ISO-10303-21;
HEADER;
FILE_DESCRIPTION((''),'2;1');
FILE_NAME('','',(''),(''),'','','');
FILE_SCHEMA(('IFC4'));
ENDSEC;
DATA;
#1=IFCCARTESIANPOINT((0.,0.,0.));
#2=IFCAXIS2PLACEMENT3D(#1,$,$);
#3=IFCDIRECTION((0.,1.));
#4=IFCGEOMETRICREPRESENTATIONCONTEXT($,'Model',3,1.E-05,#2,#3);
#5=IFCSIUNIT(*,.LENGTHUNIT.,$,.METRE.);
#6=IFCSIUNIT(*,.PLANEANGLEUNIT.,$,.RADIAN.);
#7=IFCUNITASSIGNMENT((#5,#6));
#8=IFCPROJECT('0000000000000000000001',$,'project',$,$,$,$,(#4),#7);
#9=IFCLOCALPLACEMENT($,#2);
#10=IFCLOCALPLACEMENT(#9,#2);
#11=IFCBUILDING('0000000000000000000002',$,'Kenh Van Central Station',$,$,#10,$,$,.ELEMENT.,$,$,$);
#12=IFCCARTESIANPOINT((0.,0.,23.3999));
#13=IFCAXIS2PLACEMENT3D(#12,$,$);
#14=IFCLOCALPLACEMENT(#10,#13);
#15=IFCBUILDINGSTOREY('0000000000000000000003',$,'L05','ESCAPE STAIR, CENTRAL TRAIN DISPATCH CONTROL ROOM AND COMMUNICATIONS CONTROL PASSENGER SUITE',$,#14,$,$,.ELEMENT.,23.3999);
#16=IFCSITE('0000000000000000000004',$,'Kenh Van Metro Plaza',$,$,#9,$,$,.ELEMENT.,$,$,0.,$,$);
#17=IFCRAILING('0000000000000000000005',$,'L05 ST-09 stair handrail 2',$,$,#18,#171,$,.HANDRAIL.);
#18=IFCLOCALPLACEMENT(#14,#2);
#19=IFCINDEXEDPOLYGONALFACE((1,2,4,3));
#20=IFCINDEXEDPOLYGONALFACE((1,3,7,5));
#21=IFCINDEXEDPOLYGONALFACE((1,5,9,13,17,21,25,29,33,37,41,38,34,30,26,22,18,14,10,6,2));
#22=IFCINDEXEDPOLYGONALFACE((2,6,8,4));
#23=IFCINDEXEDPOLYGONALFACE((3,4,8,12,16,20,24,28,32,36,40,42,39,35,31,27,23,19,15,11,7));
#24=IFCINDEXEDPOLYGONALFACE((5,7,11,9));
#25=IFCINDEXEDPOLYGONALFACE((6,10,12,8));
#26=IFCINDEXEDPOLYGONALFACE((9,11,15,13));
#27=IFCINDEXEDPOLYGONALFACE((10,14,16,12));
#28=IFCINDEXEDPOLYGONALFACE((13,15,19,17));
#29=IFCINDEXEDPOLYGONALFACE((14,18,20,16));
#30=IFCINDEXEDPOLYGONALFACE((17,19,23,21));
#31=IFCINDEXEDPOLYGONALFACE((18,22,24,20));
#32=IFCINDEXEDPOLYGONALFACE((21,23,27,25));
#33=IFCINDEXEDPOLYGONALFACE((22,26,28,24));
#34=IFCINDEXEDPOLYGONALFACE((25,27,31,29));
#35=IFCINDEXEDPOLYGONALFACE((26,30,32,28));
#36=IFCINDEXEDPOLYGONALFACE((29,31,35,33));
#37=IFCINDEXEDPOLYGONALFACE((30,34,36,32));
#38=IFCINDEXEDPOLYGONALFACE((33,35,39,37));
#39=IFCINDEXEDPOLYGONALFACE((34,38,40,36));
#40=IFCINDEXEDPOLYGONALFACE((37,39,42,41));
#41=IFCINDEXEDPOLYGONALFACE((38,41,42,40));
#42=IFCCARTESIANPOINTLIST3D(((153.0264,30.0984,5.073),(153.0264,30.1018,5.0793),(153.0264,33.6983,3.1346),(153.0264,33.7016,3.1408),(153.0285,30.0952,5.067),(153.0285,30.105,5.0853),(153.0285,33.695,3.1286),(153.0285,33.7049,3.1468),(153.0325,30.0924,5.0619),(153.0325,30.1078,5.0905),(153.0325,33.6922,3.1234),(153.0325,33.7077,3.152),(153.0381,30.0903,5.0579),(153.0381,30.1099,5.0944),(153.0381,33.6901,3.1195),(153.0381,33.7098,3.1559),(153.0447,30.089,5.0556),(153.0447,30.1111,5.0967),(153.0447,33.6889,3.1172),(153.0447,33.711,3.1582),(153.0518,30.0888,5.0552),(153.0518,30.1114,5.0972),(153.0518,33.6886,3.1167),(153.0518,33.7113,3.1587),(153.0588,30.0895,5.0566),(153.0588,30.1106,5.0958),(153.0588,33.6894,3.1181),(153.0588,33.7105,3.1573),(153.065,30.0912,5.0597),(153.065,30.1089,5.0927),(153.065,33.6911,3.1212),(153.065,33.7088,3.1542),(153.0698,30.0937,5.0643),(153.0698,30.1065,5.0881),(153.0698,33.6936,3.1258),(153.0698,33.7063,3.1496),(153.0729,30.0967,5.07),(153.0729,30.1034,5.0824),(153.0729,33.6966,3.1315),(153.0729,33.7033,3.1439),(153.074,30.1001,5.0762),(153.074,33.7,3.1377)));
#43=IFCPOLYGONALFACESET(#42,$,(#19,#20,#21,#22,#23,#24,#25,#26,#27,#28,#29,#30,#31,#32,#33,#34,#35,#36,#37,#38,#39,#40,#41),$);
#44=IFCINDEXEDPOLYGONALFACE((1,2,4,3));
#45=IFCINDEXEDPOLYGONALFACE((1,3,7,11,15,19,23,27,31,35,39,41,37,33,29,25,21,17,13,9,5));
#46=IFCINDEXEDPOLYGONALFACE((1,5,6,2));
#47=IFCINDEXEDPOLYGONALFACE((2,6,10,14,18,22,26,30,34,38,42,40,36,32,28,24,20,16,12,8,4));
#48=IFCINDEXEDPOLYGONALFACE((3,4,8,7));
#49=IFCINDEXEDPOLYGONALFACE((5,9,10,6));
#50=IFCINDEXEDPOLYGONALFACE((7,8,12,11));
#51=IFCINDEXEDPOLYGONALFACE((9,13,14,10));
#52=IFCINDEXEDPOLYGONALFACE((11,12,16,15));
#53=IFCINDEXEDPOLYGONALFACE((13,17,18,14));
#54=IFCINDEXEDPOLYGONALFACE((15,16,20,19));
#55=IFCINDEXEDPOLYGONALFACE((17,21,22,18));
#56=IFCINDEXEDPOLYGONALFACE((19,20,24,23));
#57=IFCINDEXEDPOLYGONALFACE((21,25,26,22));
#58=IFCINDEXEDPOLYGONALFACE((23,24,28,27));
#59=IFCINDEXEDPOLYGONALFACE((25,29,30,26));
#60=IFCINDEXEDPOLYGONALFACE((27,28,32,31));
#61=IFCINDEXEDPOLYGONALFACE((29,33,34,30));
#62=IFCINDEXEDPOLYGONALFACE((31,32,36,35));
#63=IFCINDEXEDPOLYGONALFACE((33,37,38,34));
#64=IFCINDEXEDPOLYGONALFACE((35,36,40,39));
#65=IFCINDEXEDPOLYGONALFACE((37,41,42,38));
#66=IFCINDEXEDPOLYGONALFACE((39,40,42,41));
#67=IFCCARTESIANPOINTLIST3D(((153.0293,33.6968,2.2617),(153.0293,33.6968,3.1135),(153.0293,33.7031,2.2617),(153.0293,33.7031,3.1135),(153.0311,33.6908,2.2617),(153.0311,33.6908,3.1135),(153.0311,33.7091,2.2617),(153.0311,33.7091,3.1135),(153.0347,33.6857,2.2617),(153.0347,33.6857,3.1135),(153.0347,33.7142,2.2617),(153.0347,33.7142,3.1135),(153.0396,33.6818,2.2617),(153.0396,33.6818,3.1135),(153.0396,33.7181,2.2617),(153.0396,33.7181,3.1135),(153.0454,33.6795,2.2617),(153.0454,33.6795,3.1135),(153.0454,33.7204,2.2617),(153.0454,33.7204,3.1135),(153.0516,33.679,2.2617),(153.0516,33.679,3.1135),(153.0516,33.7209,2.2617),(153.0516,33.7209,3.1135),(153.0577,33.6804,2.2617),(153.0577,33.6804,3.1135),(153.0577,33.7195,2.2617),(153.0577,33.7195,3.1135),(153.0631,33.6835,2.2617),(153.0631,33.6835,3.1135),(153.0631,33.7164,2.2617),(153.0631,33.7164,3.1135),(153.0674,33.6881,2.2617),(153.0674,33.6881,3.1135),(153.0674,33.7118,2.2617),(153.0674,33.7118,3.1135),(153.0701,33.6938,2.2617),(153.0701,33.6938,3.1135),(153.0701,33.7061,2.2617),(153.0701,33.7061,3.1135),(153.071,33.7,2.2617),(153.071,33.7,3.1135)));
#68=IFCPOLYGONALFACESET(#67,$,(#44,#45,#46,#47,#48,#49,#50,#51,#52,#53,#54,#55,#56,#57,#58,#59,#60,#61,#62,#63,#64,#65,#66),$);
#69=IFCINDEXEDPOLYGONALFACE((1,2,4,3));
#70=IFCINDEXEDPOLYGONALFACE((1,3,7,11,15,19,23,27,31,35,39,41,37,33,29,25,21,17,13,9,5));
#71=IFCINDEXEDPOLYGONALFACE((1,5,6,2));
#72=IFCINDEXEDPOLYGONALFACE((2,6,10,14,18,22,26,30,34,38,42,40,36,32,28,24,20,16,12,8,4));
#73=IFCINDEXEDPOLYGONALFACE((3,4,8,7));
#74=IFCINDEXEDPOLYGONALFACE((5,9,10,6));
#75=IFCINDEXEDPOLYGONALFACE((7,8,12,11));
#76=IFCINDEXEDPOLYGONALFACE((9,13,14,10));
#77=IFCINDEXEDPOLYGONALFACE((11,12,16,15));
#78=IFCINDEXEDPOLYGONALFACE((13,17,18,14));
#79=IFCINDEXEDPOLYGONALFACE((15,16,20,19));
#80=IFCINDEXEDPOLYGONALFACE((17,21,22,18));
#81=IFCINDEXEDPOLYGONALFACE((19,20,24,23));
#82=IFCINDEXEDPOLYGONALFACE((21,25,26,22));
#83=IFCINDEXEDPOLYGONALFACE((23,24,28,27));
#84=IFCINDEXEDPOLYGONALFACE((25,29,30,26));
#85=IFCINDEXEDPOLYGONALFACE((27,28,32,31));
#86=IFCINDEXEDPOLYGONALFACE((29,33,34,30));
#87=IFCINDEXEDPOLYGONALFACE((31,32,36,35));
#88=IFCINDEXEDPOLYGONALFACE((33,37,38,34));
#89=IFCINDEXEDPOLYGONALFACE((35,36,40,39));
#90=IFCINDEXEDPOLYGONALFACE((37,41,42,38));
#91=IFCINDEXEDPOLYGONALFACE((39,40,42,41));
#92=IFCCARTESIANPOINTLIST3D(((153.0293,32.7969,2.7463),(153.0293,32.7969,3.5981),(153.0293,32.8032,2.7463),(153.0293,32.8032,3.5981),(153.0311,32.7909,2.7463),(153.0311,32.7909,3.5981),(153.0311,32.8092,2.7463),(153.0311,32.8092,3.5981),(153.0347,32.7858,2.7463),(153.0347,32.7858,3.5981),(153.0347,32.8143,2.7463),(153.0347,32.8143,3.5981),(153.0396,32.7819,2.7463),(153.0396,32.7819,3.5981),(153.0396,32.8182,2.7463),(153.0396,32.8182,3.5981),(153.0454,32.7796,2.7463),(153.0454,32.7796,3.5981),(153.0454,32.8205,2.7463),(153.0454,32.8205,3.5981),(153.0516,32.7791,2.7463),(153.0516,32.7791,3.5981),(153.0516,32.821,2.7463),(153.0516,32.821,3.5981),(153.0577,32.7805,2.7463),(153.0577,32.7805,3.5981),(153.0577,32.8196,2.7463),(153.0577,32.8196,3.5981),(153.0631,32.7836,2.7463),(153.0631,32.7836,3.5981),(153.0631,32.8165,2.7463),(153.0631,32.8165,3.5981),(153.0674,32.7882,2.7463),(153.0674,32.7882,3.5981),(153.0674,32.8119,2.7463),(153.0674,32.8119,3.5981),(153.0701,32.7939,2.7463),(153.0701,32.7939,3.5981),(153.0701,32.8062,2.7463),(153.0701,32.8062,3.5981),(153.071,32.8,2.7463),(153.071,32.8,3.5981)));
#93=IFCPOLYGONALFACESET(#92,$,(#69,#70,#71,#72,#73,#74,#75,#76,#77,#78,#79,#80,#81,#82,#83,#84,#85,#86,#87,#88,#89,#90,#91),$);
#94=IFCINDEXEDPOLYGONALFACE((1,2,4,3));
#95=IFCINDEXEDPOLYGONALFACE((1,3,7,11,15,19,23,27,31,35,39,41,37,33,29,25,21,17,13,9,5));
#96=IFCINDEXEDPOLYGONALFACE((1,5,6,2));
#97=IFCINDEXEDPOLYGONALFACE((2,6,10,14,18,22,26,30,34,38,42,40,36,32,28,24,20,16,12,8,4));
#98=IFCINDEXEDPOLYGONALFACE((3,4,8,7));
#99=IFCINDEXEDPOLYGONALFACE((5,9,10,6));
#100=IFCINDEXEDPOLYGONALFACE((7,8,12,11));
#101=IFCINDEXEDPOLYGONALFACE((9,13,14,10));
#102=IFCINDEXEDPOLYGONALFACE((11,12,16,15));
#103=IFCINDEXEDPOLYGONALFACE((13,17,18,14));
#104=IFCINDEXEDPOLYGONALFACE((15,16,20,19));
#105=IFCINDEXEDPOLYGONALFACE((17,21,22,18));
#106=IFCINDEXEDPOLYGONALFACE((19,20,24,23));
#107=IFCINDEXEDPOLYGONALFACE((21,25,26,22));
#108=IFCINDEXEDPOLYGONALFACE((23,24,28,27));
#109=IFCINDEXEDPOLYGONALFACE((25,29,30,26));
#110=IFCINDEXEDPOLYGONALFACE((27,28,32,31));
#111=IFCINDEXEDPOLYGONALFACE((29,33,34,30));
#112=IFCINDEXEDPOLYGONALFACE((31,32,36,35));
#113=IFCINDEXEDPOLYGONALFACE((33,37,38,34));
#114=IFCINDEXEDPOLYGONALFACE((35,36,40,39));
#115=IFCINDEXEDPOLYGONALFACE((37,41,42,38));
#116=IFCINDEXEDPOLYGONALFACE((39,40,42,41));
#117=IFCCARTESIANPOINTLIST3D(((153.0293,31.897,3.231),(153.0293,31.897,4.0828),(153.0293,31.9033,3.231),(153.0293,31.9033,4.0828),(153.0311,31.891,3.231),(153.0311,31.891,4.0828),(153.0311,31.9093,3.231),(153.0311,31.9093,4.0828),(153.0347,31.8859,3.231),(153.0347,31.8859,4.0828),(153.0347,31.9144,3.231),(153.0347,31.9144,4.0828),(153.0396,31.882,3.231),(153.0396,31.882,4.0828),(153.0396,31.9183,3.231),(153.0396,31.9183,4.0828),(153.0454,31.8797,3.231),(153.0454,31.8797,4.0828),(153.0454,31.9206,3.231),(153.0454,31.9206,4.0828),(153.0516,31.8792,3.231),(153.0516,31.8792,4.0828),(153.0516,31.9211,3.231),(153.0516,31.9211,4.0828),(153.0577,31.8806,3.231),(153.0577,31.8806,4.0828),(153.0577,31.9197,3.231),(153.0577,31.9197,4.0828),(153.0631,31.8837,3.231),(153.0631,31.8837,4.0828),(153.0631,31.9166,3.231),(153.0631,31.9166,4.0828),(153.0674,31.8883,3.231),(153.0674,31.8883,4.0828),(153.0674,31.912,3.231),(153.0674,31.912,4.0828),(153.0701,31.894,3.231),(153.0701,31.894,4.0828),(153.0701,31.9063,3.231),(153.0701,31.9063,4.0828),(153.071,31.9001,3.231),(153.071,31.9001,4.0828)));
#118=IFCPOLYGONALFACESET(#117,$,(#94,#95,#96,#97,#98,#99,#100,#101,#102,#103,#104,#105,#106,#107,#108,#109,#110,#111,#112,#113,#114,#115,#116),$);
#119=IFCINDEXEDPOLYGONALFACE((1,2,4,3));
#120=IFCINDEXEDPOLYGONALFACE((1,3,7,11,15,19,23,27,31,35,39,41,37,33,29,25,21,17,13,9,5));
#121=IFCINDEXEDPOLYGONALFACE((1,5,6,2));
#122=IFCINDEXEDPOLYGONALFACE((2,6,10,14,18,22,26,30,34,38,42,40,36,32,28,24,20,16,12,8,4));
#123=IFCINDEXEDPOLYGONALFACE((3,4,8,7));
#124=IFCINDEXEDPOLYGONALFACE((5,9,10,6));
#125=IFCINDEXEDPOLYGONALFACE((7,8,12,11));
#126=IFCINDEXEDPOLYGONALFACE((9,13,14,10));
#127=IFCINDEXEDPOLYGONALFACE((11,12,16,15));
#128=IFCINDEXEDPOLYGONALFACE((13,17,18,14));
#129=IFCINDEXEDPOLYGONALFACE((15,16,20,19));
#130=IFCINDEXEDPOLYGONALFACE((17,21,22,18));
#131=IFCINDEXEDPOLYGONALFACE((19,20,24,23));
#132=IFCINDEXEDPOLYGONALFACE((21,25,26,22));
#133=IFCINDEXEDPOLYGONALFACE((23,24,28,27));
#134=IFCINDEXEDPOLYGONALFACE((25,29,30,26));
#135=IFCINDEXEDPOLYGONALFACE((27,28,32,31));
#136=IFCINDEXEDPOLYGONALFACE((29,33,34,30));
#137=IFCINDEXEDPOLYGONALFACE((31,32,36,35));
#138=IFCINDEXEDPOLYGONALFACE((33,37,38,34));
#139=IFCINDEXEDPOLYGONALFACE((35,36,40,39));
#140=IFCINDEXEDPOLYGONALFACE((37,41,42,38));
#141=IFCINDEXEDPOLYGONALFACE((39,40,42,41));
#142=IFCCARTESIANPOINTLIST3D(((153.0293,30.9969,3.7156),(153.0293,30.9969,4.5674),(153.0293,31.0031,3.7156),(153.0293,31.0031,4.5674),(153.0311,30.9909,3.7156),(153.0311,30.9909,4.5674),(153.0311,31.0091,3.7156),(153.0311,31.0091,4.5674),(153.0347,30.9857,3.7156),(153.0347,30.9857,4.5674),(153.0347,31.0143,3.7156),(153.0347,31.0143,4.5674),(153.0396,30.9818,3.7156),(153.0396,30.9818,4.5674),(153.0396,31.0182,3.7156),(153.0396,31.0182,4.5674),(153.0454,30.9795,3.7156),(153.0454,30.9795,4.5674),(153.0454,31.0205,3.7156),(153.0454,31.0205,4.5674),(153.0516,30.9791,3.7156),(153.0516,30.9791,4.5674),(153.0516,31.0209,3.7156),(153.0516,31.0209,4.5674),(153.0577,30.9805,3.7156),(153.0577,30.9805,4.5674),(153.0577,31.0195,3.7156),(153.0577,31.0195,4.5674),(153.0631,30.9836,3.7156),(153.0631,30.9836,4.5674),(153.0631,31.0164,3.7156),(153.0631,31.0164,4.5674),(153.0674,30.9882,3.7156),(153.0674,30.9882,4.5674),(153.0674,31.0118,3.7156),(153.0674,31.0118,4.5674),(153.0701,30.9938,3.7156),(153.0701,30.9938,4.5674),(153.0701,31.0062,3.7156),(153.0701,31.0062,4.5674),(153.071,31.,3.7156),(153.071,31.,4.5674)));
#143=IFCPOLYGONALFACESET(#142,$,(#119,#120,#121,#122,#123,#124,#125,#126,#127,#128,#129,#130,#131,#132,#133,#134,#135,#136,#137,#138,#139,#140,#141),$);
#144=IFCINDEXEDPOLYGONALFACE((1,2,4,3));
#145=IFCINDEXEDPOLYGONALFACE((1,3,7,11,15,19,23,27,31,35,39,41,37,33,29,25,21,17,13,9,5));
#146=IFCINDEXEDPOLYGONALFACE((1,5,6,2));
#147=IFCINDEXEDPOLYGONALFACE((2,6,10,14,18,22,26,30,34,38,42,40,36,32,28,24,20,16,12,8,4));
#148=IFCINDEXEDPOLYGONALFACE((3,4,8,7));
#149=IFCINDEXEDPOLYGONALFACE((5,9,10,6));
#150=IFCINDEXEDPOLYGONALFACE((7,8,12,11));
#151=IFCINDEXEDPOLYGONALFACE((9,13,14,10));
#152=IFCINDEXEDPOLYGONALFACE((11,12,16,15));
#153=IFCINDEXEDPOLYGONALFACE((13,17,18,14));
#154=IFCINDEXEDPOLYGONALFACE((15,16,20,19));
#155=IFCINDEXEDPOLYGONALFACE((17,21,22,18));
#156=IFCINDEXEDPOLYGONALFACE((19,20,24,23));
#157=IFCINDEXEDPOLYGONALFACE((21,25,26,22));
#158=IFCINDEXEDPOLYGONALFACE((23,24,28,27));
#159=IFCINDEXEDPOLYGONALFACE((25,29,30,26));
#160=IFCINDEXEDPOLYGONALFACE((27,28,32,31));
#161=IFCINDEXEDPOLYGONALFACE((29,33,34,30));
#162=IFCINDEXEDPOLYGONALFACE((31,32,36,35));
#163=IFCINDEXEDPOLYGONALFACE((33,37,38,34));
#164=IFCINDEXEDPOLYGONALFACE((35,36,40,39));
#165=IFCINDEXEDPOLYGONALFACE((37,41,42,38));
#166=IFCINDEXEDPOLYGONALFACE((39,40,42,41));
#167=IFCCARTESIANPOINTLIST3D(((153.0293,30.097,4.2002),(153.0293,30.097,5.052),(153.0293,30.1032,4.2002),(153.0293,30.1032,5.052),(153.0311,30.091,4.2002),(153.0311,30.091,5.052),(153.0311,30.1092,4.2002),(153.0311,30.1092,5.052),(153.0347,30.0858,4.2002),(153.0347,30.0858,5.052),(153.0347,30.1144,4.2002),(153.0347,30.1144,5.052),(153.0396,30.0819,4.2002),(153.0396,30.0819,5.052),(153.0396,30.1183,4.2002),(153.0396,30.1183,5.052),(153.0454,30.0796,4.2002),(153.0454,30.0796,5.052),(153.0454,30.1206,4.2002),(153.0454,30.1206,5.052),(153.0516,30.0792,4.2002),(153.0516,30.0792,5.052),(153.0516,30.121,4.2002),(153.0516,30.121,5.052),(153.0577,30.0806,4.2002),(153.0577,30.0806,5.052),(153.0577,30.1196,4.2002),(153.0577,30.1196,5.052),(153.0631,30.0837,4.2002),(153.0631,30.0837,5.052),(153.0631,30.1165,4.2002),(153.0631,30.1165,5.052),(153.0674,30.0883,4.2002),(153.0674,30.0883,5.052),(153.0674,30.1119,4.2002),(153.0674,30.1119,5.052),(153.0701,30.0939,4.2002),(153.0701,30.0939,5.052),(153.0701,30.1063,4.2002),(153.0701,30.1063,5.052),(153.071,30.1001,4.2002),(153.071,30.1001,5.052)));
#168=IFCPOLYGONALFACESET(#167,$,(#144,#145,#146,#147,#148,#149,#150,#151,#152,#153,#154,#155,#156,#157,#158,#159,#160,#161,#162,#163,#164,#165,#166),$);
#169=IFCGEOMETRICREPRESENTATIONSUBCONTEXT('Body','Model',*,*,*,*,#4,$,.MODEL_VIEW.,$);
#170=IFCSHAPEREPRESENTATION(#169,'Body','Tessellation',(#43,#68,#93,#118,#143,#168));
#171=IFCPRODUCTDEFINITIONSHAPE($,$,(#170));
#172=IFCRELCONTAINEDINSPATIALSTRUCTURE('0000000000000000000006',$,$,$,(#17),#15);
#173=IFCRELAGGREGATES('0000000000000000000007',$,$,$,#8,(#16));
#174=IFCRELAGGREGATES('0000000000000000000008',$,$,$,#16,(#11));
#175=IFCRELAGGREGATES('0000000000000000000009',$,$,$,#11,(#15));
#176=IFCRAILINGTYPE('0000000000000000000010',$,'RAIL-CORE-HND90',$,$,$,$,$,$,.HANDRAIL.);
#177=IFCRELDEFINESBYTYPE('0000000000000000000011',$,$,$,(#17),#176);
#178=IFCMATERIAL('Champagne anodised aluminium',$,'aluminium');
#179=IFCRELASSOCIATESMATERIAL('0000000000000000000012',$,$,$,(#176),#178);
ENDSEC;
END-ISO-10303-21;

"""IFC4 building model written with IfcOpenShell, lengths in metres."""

from ifc_helpers import new_model, si_unit, direction, frame, origin, origin_2d, place, context, subcontext, project, spatial, circle, extrude, material, type_object, element, save


model = new_model("IFC4")

# Units and contexts
model_context = context("Model", 3, precision=1e-05, world=origin(), true_north=direction((0.0, 1.0)))
body_context = subcontext(model_context, "Body", "Model", "MODEL_VIEW")
ifc_project = project(units=[si_unit("LENGTHUNIT", "METRE"), si_unit("PLANEANGLEUNIT", "RADIAN")], contexts=[model_context])

# Site, building, storey
site_placement = place(None, origin())
site = spatial("IfcSite", under=ifc_project, at=site_placement, Name="Kenh Van Metro Plaza", CompositionType="ELEMENT", RefElevation=0.0)
building_placement = place(site_placement, origin())
building = spatial("IfcBuilding", under=site, at=building_placement, Name="Kenh Van Central Station", CompositionType="ELEMENT")
storey_placement = place(building_placement, frame((0.0, 0.0, 23.3999)))
storey = spatial("IfcBuildingStorey", under=building, at=storey_placement, Name="L05", Description="ESCAPE STAIR, CENTRAL TRAIN DISPATCH CONTROL ROOM AND COMMUNICATIONS CONTROL PASSENGER SUITE", CompositionType="ELEMENT", Elevation=23.3999)

# Shared definitions
ifc_material_1 = material(Name="Champagne anodised aluminium", Category="aluminium")

# Railing
railing_type_1 = type_object("IfcRailingType", Name="RAIL-CORE-HND90", PredefinedType="HANDRAIL", material=ifc_material_1)
railing_1_placement = place(storey_placement, frame((153.05, 33.7, 2.2617)))
element("IfcRailing", 1, at=railing_1_placement, inside=storey, type_object=railing_type_1, Name="L05 ST-09 stair handrail 2", PredefinedType="HANDRAIL", context=body_context, shape_type="SweptSolid", body=[
    extrude(circle(Radius=0.0239, at=origin_2d()), frame((0.0, 0.0, 0.876), z_axis=(0.0, -0.880462, 0.474118), x_axis=(1.0, 0.0, 0.0)), (0.0, 0.0, 1.0), 4.0886),
    extrude(circle(Radius=0.021, at=origin_2d()), origin(), (0.0, 0.0, 1.0), 0.8518),
    extrude(circle(Radius=0.021, at=origin_2d()), frame((0.0, -0.8999, 0.4846)), (0.0, 0.0, 1.0), 0.8518),
    extrude(circle(Radius=0.021, at=origin_2d()), frame((0.0, -1.7998, 0.9692)), (0.0, 0.0, 1.0), 0.8518),
    extrude(circle(Radius=0.021, at=origin_2d()), frame((0.0, -2.7, 1.4539)), (0.0, 0.0, 1.0), 0.8518),
    extrude(circle(Radius=0.021, at=origin_2d()), frame((0.0, -3.5999, 1.9385)), (0.0, 0.0, 1.0), 0.8518),
])

save(model, "model.ifc")
